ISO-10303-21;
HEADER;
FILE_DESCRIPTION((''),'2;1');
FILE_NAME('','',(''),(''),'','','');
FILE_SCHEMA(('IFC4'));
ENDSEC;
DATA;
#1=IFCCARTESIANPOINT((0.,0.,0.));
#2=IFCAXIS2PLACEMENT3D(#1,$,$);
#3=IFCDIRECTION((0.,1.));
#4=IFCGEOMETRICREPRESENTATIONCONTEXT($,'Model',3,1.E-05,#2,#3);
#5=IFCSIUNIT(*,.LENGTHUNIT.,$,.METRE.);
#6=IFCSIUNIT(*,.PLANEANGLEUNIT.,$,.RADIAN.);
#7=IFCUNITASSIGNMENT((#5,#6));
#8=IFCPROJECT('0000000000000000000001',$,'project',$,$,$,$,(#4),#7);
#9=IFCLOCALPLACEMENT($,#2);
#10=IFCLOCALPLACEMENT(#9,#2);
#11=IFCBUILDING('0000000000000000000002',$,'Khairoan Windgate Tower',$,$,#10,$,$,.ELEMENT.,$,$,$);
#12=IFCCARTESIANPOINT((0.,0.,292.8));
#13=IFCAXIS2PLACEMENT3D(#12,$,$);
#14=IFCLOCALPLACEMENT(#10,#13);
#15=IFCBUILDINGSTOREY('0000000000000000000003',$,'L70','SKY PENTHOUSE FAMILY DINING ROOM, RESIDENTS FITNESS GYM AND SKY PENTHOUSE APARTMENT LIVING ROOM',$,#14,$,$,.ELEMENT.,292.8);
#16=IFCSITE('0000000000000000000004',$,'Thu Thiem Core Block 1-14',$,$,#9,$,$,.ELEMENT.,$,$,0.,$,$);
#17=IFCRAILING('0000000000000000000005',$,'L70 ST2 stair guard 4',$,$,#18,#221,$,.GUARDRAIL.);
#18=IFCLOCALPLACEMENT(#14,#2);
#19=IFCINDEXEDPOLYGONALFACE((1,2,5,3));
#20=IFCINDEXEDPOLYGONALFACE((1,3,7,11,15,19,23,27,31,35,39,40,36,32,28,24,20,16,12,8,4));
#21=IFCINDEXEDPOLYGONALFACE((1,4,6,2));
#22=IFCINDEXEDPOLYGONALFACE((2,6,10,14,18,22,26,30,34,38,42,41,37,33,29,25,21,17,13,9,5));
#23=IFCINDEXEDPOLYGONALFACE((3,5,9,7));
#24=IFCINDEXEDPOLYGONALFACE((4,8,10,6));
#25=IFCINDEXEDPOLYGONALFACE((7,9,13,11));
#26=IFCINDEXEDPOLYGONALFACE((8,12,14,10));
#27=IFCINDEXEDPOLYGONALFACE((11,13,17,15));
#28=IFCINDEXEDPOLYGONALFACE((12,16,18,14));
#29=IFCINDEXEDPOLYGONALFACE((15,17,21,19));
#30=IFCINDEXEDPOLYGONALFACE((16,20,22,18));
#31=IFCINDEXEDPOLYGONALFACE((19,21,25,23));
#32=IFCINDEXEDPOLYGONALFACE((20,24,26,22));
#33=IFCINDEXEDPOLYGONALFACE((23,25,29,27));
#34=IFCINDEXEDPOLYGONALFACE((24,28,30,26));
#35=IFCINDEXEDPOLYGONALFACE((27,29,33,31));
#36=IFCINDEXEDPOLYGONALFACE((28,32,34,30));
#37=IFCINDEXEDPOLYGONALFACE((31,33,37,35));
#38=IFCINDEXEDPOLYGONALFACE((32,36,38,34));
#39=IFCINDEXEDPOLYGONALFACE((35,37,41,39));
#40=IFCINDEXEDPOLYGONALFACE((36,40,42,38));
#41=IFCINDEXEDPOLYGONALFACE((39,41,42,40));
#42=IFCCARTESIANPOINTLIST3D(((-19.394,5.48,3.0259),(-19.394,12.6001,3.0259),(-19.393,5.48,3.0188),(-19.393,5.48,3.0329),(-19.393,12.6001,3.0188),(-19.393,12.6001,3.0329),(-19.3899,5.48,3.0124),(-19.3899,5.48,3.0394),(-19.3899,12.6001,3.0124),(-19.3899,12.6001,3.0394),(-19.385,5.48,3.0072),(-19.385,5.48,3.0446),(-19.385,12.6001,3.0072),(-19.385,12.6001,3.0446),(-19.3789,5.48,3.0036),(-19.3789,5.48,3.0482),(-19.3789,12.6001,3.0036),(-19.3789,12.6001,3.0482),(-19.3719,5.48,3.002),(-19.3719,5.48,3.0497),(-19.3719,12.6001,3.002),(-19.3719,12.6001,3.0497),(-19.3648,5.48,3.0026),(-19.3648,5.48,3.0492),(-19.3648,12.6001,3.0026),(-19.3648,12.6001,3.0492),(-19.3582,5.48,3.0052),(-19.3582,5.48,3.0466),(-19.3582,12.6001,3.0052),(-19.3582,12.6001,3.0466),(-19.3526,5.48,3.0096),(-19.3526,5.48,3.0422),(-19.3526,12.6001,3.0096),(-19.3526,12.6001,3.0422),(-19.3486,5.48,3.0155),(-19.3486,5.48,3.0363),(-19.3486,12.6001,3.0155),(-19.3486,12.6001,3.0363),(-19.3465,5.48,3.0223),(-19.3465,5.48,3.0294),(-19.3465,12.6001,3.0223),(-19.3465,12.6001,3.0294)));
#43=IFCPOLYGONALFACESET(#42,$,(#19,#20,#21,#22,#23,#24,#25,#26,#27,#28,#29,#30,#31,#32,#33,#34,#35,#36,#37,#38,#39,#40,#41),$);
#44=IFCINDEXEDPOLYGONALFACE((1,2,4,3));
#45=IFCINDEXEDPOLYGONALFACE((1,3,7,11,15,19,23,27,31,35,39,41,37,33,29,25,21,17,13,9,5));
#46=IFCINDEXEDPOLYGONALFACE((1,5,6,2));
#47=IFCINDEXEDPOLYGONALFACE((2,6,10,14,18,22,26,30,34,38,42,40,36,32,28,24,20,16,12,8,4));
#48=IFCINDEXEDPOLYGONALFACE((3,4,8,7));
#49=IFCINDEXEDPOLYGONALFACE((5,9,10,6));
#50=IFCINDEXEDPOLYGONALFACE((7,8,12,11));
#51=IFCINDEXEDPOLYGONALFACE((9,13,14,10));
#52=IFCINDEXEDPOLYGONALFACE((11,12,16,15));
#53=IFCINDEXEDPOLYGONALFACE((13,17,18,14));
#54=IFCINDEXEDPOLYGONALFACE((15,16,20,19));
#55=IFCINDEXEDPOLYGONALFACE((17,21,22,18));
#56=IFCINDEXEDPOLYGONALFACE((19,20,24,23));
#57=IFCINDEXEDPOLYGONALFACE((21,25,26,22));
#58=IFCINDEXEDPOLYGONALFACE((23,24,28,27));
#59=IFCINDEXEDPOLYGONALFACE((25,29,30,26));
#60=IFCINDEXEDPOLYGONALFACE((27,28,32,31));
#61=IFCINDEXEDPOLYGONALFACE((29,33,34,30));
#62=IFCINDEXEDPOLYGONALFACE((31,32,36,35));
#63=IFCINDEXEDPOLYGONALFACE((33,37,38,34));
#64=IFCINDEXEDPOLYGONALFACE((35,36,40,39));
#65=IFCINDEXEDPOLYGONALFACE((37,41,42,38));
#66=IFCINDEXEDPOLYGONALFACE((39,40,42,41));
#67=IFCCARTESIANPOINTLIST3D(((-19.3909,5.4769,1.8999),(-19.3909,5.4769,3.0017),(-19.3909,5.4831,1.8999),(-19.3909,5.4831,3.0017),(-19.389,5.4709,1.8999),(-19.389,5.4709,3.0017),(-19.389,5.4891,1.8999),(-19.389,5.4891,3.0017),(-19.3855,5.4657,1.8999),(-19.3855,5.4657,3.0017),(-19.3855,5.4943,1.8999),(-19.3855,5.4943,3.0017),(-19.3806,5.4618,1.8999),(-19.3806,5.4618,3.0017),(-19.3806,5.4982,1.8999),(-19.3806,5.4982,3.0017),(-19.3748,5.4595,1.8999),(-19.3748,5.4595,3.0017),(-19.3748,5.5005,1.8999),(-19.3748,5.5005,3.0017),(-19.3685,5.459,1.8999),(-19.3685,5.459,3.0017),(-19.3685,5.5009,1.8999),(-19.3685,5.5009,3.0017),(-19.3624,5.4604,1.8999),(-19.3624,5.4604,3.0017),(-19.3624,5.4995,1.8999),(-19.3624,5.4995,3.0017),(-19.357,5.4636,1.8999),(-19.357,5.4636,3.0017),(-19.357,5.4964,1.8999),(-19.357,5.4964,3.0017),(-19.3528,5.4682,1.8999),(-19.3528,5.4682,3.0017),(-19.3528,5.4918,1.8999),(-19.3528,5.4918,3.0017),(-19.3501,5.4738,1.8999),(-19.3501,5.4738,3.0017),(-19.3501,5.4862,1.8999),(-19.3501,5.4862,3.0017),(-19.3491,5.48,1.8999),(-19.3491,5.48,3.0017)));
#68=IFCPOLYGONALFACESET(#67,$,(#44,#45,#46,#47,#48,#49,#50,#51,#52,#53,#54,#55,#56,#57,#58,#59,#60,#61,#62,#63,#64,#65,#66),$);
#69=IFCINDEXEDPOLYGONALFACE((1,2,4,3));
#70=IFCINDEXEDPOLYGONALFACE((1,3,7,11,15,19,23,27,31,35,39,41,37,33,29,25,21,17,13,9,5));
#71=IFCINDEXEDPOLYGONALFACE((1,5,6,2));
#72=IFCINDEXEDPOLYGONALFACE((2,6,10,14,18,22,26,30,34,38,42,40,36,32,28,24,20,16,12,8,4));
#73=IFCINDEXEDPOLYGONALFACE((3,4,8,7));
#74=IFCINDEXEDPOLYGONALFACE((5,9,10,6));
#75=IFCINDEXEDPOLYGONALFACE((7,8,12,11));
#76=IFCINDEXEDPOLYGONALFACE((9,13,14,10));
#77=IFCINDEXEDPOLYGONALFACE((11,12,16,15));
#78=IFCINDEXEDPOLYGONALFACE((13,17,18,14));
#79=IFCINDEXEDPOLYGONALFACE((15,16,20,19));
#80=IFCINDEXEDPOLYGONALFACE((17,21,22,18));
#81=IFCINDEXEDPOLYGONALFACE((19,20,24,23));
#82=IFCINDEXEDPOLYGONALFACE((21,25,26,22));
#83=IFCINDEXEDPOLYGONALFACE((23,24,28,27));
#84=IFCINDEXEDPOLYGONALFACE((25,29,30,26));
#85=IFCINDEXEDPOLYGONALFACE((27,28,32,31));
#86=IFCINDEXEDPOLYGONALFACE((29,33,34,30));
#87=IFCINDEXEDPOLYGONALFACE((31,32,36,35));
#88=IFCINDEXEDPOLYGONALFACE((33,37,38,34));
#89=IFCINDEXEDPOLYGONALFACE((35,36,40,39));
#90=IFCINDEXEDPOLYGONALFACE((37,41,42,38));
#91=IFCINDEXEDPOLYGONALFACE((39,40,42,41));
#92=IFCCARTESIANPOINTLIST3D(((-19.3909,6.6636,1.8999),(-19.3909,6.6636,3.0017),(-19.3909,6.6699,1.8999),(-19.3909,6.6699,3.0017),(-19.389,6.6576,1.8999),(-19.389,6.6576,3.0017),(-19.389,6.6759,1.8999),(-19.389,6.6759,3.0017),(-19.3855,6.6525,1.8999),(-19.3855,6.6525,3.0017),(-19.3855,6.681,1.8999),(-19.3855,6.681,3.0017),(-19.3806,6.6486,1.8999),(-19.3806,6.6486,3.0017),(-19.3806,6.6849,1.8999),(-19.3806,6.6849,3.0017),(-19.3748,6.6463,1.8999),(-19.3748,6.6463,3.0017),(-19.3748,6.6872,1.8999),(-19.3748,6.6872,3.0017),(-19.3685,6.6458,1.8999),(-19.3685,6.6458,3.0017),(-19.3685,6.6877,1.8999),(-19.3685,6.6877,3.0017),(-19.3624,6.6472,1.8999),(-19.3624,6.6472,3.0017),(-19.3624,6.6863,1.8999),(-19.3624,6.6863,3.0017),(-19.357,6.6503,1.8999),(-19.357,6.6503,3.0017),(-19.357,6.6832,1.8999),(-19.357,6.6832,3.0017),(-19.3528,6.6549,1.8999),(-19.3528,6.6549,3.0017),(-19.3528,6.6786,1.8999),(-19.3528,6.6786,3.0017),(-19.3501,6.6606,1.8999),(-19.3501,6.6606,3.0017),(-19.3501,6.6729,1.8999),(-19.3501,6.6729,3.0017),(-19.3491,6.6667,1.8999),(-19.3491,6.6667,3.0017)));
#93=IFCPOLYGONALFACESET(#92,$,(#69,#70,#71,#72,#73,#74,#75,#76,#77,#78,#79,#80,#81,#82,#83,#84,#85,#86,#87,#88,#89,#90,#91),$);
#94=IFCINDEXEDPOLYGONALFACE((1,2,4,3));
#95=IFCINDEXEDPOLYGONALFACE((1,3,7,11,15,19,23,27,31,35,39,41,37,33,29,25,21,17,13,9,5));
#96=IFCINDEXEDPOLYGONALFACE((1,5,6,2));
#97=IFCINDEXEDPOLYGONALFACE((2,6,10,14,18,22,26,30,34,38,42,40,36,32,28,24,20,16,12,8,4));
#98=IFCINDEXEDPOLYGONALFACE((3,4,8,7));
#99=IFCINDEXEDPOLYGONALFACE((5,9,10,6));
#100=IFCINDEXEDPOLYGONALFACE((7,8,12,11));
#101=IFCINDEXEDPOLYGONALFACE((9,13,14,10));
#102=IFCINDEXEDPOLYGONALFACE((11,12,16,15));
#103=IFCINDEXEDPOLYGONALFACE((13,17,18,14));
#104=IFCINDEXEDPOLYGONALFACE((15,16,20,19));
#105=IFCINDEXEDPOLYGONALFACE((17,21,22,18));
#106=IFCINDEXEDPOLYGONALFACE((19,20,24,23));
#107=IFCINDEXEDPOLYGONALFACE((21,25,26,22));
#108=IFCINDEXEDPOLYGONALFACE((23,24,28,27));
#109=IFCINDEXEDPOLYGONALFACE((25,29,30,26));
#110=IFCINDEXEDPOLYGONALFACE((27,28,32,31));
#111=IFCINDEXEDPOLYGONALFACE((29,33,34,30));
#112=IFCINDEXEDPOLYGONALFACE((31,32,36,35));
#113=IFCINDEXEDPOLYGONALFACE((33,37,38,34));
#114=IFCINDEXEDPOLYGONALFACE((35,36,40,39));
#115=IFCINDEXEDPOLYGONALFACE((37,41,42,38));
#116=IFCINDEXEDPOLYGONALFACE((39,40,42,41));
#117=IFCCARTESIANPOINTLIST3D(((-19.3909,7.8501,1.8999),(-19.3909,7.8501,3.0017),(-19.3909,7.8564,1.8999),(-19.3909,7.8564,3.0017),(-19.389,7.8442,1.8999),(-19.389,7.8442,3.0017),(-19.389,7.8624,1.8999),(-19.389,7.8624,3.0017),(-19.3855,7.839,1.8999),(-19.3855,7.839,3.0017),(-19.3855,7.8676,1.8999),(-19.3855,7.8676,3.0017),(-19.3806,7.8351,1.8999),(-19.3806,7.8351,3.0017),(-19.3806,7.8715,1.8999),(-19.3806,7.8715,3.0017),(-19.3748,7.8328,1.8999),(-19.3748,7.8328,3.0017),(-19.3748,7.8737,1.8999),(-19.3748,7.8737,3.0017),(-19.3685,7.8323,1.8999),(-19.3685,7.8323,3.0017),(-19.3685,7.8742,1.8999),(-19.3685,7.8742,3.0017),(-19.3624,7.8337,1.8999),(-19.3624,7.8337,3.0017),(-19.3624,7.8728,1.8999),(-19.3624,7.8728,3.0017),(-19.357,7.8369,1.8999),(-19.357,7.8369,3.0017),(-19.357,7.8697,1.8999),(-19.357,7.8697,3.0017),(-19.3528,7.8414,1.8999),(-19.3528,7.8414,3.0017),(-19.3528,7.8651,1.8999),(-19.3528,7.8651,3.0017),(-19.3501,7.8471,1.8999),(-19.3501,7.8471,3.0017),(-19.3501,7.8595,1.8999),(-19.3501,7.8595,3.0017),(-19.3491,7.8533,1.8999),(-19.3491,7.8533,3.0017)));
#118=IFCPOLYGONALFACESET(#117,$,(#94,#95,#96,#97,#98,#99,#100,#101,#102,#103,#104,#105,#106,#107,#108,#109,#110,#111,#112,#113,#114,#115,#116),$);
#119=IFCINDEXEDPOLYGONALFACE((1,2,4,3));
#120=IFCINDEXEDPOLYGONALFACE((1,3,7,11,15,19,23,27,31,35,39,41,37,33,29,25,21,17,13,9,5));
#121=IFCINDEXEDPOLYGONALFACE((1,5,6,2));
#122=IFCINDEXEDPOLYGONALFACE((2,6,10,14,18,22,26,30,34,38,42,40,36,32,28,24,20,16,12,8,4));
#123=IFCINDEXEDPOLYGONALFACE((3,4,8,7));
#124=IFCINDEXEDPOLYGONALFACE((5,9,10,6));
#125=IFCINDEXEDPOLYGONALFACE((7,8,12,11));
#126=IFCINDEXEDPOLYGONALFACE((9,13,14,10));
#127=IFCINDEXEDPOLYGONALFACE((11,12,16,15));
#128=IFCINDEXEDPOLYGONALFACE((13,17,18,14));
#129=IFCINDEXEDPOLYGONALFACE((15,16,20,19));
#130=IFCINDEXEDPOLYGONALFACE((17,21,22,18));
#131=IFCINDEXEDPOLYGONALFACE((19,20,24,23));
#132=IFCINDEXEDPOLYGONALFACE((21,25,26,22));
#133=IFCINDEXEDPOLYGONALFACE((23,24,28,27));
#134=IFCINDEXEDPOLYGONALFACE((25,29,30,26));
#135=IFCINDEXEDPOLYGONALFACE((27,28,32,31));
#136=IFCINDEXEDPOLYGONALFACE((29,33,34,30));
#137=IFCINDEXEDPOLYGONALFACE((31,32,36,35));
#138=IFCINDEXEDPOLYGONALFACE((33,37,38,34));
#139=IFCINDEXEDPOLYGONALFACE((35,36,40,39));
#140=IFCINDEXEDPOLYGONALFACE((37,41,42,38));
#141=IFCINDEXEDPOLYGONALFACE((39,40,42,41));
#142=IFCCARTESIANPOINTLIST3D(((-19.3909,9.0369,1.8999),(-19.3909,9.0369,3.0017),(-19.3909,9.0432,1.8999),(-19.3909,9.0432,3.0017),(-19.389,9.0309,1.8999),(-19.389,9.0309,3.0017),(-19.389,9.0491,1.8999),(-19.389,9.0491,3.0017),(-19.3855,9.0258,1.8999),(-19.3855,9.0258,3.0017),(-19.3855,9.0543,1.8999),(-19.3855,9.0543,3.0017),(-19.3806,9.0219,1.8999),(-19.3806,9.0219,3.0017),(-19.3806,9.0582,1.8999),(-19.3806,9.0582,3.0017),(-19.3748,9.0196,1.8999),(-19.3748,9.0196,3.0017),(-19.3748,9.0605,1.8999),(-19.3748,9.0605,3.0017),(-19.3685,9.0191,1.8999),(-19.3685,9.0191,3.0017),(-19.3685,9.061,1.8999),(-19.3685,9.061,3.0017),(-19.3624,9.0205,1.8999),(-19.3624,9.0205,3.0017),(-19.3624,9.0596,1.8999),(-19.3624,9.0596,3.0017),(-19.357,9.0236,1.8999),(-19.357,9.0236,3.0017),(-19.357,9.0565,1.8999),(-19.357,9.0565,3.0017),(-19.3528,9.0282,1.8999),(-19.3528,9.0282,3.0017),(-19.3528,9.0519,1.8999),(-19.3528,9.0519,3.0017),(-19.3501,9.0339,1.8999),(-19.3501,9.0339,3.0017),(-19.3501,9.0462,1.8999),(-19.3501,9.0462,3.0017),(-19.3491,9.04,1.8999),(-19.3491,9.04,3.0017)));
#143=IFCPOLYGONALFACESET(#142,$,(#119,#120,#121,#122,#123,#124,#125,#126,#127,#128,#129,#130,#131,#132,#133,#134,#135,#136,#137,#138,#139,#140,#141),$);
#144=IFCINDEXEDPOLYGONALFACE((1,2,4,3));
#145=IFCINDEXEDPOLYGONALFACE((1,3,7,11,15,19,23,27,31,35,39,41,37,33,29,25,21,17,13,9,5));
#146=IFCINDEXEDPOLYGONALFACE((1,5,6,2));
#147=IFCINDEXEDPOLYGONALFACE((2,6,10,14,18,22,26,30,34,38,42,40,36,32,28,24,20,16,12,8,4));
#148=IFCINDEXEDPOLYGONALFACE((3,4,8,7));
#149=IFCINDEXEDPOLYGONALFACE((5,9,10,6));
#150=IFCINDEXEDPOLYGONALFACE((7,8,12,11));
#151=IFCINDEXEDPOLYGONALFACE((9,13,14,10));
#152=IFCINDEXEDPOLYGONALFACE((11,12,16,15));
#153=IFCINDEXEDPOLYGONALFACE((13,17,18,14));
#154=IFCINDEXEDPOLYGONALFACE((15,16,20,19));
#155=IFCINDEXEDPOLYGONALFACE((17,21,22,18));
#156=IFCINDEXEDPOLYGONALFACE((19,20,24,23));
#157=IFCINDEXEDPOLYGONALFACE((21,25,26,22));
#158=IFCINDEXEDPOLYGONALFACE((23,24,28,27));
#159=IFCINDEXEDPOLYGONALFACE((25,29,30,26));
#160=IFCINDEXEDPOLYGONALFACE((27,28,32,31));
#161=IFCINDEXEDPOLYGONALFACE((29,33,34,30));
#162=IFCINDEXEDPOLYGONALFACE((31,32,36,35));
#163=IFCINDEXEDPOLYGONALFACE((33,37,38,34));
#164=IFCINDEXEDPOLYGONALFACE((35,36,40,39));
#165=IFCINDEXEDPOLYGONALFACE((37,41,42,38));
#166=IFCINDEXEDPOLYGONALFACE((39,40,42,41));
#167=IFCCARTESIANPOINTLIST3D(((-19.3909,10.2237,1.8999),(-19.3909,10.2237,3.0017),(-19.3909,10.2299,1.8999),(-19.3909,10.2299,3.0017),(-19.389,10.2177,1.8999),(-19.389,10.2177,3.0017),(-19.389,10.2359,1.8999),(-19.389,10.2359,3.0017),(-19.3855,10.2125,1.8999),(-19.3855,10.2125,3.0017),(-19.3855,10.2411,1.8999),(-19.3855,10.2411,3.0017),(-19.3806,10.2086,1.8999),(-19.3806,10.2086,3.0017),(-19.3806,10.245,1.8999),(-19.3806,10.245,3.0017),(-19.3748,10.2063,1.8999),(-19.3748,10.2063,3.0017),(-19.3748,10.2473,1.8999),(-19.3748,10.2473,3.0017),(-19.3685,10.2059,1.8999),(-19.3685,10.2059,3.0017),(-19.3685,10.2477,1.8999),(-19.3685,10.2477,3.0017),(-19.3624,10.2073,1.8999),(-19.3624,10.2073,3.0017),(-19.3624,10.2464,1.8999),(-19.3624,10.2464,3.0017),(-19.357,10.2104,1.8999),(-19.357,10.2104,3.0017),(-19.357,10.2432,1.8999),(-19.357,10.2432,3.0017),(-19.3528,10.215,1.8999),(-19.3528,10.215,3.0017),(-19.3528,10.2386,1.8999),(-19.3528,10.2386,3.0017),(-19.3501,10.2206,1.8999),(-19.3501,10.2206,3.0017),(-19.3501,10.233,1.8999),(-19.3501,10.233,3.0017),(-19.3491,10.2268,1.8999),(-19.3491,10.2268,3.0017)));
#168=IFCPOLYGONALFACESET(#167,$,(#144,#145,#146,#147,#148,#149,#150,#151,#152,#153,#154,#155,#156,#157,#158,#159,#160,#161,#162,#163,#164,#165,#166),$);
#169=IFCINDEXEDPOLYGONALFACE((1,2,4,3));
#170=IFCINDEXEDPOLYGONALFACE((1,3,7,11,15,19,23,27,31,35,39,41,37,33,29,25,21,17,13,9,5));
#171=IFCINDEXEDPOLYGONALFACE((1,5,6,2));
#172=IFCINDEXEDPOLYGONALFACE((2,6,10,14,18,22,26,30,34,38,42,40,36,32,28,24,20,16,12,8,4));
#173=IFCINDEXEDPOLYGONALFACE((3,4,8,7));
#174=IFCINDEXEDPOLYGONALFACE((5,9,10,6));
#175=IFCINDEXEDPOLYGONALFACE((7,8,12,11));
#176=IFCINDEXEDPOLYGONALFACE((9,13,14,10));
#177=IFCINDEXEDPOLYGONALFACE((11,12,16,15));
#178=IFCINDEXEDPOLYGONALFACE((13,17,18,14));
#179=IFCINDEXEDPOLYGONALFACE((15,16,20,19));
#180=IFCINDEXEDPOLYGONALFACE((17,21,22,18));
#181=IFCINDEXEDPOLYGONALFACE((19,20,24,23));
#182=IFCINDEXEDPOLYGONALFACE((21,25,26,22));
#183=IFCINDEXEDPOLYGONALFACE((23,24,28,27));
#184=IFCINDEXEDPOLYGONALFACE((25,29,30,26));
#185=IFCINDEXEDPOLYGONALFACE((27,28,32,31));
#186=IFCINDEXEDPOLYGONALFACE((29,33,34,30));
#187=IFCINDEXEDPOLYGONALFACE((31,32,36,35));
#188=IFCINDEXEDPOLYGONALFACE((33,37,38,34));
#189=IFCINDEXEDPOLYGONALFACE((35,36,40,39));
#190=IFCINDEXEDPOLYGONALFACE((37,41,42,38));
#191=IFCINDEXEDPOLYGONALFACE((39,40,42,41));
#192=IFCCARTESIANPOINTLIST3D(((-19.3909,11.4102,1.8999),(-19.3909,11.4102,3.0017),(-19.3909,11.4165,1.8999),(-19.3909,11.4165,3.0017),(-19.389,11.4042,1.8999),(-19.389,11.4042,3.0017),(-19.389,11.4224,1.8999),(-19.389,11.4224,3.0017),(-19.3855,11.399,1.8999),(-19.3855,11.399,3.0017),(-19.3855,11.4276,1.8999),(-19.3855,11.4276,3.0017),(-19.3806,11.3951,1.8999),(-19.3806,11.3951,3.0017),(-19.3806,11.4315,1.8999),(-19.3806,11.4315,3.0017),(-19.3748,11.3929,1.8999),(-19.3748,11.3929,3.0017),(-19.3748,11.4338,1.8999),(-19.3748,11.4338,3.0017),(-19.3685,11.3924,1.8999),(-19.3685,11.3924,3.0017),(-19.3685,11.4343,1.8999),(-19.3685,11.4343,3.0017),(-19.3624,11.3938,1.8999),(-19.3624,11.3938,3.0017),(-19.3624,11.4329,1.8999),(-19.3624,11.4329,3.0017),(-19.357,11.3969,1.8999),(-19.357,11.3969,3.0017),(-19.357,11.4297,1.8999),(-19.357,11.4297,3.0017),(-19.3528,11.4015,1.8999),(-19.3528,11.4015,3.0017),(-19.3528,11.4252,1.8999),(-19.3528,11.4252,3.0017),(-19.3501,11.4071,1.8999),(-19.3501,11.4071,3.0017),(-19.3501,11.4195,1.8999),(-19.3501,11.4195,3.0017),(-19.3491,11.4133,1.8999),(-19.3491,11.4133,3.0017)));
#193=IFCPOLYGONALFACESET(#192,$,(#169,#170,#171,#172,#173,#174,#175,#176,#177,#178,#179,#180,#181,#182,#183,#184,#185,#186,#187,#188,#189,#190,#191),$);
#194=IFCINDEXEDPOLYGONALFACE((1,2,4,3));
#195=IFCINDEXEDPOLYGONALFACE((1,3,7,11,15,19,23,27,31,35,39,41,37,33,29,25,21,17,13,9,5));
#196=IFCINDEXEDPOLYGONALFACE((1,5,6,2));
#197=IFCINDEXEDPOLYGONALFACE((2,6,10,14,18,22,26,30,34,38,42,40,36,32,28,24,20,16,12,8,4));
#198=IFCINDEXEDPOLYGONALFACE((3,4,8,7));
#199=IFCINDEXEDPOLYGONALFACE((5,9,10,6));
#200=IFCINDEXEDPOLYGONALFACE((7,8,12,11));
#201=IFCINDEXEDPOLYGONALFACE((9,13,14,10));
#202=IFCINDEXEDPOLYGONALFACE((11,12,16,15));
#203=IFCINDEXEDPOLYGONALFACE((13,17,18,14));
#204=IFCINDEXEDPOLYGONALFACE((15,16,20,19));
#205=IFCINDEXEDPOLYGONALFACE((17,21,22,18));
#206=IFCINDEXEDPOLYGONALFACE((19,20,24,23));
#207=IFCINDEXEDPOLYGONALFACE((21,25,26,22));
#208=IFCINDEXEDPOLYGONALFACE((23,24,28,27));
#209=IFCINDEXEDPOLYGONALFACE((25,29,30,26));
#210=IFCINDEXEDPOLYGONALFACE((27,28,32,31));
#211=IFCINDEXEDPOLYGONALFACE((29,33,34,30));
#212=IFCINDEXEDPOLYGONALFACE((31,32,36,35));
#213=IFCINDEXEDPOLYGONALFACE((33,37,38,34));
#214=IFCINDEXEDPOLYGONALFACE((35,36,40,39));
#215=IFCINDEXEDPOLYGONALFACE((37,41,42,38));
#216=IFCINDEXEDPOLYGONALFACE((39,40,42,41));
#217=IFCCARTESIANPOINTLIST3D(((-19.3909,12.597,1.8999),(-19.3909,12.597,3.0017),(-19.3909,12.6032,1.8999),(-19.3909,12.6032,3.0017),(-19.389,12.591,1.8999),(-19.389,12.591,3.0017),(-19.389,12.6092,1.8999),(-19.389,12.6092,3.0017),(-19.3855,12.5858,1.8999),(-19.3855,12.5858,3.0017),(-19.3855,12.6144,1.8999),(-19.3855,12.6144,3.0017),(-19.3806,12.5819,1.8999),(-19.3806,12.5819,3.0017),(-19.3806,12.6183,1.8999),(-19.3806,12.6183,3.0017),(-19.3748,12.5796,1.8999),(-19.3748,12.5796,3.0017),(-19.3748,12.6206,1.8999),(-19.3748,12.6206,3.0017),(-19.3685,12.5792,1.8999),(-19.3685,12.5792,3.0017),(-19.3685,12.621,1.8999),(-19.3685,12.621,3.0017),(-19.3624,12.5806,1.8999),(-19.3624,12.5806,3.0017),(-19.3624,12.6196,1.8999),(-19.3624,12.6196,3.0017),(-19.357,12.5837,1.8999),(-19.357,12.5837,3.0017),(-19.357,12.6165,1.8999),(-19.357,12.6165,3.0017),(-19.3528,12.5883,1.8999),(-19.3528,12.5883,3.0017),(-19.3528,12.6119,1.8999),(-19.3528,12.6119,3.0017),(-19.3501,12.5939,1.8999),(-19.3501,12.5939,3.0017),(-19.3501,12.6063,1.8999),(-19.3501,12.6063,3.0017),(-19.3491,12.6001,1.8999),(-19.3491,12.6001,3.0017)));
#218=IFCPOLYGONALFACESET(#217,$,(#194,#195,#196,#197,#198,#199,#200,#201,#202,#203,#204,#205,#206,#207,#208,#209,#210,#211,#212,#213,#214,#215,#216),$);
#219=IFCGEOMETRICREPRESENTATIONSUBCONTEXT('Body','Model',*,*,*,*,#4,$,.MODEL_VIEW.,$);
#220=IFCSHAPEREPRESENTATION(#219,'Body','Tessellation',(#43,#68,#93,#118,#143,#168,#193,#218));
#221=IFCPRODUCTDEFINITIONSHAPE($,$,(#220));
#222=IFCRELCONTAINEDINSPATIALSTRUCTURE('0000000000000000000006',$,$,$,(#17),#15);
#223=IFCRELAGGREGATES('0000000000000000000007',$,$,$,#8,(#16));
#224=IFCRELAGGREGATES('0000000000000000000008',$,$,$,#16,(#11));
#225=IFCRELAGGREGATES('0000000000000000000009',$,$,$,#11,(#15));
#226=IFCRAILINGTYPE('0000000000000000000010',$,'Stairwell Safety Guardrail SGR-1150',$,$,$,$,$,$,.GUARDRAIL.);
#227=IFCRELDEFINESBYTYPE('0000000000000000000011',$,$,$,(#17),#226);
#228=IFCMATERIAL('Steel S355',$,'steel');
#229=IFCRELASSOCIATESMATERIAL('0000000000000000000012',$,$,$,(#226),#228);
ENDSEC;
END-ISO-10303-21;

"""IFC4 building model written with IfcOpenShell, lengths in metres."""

from ifc_helpers import new_model, si_unit, direction, frame, origin, origin_2d, place, context, subcontext, project, spatial, circle, extrude, material, type_object, element, save


model = new_model("IFC4")

# Units and contexts
model_context = context("Model", 3, precision=1e-05, world=origin(), true_north=direction((0.0, 1.0)))
body_context = subcontext(model_context, "Body", "Model", "MODEL_VIEW")
ifc_project = project(units=[si_unit("LENGTHUNIT", "METRE"), si_unit("PLANEANGLEUNIT", "RADIAN")], contexts=[model_context])

# Site, building, storey
site_placement = place(None, origin())
site = spatial("IfcSite", under=ifc_project, at=site_placement, Name="Thu Thiem Core Block 1-14", CompositionType="ELEMENT", RefElevation=0.0)
building_placement = place(site_placement, origin())
building = spatial("IfcBuilding", under=site, at=building_placement, Name="Khairoan Windgate Tower", CompositionType="ELEMENT")
storey_placement = place(building_placement, frame((0.0, 0.0, 292.8)))
storey = spatial("IfcBuildingStorey", under=building, at=storey_placement, Name="L70", Description="SKY PENTHOUSE FAMILY DINING ROOM, RESIDENTS FITNESS GYM AND SKY PENTHOUSE APARTMENT LIVING ROOM", CompositionType="ELEMENT", Elevation=292.8)

# Railing
ifc_material_1 = material(Name="Steel S355", Category="steel")
railing_type_1 = type_object("IfcRailingType", Name="Stairwell Safety Guardrail SGR-1150", PredefinedType="GUARDRAIL", material=ifc_material_1)
railing_1_placement = place(storey_placement, frame((-19.3701, 5.48, 1.8999)))
element("IfcRailing", 1, at=railing_1_placement, inside=storey, type_object=railing_type_1, Name="L70 ST2 stair guard 4", PredefinedType="GUARDRAIL", context=body_context, shape_type="SweptSolid", body=[
    extrude(circle(Radius=0.0239, at=origin_2d()), frame((0.0, 0.0, 1.126), z_axis=(0.0, 1.0, 0.0), x_axis=(-1.0, 0.0, 0.0)), (0.0, 0.0, 1.0), 7.1201),
    extrude(circle(Radius=0.021, at=origin_2d()), origin(), (0.0, 0.0, 1.0), 1.1018),
    extrude(circle(Radius=0.021, at=origin_2d()), frame((0.0, 1.1868, 0.0)), (0.0, 0.0, 1.0), 1.1018),
    extrude(circle(Radius=0.021, at=origin_2d()), frame((0.0, 2.3733, 0.0)), (0.0, 0.0, 1.0), 1.1018),
    extrude(circle(Radius=0.021, at=origin_2d()), frame((0.0, 3.5601, 0.0)), (0.0, 0.0, 1.0), 1.1018),
    extrude(circle(Radius=0.021, at=origin_2d()), frame((0.0, 4.7468, 0.0)), (0.0, 0.0, 1.0), 1.1018),
    extrude(circle(Radius=0.021, at=origin_2d()), frame((0.0, 5.9333, 0.0)), (0.0, 0.0, 1.0), 1.1018),
    extrude(circle(Radius=0.021, at=origin_2d()), frame((0.0, 7.1201, 0.0)), (0.0, 0.0, 1.0), 1.1018),
])

save(model, "model.ifc")
